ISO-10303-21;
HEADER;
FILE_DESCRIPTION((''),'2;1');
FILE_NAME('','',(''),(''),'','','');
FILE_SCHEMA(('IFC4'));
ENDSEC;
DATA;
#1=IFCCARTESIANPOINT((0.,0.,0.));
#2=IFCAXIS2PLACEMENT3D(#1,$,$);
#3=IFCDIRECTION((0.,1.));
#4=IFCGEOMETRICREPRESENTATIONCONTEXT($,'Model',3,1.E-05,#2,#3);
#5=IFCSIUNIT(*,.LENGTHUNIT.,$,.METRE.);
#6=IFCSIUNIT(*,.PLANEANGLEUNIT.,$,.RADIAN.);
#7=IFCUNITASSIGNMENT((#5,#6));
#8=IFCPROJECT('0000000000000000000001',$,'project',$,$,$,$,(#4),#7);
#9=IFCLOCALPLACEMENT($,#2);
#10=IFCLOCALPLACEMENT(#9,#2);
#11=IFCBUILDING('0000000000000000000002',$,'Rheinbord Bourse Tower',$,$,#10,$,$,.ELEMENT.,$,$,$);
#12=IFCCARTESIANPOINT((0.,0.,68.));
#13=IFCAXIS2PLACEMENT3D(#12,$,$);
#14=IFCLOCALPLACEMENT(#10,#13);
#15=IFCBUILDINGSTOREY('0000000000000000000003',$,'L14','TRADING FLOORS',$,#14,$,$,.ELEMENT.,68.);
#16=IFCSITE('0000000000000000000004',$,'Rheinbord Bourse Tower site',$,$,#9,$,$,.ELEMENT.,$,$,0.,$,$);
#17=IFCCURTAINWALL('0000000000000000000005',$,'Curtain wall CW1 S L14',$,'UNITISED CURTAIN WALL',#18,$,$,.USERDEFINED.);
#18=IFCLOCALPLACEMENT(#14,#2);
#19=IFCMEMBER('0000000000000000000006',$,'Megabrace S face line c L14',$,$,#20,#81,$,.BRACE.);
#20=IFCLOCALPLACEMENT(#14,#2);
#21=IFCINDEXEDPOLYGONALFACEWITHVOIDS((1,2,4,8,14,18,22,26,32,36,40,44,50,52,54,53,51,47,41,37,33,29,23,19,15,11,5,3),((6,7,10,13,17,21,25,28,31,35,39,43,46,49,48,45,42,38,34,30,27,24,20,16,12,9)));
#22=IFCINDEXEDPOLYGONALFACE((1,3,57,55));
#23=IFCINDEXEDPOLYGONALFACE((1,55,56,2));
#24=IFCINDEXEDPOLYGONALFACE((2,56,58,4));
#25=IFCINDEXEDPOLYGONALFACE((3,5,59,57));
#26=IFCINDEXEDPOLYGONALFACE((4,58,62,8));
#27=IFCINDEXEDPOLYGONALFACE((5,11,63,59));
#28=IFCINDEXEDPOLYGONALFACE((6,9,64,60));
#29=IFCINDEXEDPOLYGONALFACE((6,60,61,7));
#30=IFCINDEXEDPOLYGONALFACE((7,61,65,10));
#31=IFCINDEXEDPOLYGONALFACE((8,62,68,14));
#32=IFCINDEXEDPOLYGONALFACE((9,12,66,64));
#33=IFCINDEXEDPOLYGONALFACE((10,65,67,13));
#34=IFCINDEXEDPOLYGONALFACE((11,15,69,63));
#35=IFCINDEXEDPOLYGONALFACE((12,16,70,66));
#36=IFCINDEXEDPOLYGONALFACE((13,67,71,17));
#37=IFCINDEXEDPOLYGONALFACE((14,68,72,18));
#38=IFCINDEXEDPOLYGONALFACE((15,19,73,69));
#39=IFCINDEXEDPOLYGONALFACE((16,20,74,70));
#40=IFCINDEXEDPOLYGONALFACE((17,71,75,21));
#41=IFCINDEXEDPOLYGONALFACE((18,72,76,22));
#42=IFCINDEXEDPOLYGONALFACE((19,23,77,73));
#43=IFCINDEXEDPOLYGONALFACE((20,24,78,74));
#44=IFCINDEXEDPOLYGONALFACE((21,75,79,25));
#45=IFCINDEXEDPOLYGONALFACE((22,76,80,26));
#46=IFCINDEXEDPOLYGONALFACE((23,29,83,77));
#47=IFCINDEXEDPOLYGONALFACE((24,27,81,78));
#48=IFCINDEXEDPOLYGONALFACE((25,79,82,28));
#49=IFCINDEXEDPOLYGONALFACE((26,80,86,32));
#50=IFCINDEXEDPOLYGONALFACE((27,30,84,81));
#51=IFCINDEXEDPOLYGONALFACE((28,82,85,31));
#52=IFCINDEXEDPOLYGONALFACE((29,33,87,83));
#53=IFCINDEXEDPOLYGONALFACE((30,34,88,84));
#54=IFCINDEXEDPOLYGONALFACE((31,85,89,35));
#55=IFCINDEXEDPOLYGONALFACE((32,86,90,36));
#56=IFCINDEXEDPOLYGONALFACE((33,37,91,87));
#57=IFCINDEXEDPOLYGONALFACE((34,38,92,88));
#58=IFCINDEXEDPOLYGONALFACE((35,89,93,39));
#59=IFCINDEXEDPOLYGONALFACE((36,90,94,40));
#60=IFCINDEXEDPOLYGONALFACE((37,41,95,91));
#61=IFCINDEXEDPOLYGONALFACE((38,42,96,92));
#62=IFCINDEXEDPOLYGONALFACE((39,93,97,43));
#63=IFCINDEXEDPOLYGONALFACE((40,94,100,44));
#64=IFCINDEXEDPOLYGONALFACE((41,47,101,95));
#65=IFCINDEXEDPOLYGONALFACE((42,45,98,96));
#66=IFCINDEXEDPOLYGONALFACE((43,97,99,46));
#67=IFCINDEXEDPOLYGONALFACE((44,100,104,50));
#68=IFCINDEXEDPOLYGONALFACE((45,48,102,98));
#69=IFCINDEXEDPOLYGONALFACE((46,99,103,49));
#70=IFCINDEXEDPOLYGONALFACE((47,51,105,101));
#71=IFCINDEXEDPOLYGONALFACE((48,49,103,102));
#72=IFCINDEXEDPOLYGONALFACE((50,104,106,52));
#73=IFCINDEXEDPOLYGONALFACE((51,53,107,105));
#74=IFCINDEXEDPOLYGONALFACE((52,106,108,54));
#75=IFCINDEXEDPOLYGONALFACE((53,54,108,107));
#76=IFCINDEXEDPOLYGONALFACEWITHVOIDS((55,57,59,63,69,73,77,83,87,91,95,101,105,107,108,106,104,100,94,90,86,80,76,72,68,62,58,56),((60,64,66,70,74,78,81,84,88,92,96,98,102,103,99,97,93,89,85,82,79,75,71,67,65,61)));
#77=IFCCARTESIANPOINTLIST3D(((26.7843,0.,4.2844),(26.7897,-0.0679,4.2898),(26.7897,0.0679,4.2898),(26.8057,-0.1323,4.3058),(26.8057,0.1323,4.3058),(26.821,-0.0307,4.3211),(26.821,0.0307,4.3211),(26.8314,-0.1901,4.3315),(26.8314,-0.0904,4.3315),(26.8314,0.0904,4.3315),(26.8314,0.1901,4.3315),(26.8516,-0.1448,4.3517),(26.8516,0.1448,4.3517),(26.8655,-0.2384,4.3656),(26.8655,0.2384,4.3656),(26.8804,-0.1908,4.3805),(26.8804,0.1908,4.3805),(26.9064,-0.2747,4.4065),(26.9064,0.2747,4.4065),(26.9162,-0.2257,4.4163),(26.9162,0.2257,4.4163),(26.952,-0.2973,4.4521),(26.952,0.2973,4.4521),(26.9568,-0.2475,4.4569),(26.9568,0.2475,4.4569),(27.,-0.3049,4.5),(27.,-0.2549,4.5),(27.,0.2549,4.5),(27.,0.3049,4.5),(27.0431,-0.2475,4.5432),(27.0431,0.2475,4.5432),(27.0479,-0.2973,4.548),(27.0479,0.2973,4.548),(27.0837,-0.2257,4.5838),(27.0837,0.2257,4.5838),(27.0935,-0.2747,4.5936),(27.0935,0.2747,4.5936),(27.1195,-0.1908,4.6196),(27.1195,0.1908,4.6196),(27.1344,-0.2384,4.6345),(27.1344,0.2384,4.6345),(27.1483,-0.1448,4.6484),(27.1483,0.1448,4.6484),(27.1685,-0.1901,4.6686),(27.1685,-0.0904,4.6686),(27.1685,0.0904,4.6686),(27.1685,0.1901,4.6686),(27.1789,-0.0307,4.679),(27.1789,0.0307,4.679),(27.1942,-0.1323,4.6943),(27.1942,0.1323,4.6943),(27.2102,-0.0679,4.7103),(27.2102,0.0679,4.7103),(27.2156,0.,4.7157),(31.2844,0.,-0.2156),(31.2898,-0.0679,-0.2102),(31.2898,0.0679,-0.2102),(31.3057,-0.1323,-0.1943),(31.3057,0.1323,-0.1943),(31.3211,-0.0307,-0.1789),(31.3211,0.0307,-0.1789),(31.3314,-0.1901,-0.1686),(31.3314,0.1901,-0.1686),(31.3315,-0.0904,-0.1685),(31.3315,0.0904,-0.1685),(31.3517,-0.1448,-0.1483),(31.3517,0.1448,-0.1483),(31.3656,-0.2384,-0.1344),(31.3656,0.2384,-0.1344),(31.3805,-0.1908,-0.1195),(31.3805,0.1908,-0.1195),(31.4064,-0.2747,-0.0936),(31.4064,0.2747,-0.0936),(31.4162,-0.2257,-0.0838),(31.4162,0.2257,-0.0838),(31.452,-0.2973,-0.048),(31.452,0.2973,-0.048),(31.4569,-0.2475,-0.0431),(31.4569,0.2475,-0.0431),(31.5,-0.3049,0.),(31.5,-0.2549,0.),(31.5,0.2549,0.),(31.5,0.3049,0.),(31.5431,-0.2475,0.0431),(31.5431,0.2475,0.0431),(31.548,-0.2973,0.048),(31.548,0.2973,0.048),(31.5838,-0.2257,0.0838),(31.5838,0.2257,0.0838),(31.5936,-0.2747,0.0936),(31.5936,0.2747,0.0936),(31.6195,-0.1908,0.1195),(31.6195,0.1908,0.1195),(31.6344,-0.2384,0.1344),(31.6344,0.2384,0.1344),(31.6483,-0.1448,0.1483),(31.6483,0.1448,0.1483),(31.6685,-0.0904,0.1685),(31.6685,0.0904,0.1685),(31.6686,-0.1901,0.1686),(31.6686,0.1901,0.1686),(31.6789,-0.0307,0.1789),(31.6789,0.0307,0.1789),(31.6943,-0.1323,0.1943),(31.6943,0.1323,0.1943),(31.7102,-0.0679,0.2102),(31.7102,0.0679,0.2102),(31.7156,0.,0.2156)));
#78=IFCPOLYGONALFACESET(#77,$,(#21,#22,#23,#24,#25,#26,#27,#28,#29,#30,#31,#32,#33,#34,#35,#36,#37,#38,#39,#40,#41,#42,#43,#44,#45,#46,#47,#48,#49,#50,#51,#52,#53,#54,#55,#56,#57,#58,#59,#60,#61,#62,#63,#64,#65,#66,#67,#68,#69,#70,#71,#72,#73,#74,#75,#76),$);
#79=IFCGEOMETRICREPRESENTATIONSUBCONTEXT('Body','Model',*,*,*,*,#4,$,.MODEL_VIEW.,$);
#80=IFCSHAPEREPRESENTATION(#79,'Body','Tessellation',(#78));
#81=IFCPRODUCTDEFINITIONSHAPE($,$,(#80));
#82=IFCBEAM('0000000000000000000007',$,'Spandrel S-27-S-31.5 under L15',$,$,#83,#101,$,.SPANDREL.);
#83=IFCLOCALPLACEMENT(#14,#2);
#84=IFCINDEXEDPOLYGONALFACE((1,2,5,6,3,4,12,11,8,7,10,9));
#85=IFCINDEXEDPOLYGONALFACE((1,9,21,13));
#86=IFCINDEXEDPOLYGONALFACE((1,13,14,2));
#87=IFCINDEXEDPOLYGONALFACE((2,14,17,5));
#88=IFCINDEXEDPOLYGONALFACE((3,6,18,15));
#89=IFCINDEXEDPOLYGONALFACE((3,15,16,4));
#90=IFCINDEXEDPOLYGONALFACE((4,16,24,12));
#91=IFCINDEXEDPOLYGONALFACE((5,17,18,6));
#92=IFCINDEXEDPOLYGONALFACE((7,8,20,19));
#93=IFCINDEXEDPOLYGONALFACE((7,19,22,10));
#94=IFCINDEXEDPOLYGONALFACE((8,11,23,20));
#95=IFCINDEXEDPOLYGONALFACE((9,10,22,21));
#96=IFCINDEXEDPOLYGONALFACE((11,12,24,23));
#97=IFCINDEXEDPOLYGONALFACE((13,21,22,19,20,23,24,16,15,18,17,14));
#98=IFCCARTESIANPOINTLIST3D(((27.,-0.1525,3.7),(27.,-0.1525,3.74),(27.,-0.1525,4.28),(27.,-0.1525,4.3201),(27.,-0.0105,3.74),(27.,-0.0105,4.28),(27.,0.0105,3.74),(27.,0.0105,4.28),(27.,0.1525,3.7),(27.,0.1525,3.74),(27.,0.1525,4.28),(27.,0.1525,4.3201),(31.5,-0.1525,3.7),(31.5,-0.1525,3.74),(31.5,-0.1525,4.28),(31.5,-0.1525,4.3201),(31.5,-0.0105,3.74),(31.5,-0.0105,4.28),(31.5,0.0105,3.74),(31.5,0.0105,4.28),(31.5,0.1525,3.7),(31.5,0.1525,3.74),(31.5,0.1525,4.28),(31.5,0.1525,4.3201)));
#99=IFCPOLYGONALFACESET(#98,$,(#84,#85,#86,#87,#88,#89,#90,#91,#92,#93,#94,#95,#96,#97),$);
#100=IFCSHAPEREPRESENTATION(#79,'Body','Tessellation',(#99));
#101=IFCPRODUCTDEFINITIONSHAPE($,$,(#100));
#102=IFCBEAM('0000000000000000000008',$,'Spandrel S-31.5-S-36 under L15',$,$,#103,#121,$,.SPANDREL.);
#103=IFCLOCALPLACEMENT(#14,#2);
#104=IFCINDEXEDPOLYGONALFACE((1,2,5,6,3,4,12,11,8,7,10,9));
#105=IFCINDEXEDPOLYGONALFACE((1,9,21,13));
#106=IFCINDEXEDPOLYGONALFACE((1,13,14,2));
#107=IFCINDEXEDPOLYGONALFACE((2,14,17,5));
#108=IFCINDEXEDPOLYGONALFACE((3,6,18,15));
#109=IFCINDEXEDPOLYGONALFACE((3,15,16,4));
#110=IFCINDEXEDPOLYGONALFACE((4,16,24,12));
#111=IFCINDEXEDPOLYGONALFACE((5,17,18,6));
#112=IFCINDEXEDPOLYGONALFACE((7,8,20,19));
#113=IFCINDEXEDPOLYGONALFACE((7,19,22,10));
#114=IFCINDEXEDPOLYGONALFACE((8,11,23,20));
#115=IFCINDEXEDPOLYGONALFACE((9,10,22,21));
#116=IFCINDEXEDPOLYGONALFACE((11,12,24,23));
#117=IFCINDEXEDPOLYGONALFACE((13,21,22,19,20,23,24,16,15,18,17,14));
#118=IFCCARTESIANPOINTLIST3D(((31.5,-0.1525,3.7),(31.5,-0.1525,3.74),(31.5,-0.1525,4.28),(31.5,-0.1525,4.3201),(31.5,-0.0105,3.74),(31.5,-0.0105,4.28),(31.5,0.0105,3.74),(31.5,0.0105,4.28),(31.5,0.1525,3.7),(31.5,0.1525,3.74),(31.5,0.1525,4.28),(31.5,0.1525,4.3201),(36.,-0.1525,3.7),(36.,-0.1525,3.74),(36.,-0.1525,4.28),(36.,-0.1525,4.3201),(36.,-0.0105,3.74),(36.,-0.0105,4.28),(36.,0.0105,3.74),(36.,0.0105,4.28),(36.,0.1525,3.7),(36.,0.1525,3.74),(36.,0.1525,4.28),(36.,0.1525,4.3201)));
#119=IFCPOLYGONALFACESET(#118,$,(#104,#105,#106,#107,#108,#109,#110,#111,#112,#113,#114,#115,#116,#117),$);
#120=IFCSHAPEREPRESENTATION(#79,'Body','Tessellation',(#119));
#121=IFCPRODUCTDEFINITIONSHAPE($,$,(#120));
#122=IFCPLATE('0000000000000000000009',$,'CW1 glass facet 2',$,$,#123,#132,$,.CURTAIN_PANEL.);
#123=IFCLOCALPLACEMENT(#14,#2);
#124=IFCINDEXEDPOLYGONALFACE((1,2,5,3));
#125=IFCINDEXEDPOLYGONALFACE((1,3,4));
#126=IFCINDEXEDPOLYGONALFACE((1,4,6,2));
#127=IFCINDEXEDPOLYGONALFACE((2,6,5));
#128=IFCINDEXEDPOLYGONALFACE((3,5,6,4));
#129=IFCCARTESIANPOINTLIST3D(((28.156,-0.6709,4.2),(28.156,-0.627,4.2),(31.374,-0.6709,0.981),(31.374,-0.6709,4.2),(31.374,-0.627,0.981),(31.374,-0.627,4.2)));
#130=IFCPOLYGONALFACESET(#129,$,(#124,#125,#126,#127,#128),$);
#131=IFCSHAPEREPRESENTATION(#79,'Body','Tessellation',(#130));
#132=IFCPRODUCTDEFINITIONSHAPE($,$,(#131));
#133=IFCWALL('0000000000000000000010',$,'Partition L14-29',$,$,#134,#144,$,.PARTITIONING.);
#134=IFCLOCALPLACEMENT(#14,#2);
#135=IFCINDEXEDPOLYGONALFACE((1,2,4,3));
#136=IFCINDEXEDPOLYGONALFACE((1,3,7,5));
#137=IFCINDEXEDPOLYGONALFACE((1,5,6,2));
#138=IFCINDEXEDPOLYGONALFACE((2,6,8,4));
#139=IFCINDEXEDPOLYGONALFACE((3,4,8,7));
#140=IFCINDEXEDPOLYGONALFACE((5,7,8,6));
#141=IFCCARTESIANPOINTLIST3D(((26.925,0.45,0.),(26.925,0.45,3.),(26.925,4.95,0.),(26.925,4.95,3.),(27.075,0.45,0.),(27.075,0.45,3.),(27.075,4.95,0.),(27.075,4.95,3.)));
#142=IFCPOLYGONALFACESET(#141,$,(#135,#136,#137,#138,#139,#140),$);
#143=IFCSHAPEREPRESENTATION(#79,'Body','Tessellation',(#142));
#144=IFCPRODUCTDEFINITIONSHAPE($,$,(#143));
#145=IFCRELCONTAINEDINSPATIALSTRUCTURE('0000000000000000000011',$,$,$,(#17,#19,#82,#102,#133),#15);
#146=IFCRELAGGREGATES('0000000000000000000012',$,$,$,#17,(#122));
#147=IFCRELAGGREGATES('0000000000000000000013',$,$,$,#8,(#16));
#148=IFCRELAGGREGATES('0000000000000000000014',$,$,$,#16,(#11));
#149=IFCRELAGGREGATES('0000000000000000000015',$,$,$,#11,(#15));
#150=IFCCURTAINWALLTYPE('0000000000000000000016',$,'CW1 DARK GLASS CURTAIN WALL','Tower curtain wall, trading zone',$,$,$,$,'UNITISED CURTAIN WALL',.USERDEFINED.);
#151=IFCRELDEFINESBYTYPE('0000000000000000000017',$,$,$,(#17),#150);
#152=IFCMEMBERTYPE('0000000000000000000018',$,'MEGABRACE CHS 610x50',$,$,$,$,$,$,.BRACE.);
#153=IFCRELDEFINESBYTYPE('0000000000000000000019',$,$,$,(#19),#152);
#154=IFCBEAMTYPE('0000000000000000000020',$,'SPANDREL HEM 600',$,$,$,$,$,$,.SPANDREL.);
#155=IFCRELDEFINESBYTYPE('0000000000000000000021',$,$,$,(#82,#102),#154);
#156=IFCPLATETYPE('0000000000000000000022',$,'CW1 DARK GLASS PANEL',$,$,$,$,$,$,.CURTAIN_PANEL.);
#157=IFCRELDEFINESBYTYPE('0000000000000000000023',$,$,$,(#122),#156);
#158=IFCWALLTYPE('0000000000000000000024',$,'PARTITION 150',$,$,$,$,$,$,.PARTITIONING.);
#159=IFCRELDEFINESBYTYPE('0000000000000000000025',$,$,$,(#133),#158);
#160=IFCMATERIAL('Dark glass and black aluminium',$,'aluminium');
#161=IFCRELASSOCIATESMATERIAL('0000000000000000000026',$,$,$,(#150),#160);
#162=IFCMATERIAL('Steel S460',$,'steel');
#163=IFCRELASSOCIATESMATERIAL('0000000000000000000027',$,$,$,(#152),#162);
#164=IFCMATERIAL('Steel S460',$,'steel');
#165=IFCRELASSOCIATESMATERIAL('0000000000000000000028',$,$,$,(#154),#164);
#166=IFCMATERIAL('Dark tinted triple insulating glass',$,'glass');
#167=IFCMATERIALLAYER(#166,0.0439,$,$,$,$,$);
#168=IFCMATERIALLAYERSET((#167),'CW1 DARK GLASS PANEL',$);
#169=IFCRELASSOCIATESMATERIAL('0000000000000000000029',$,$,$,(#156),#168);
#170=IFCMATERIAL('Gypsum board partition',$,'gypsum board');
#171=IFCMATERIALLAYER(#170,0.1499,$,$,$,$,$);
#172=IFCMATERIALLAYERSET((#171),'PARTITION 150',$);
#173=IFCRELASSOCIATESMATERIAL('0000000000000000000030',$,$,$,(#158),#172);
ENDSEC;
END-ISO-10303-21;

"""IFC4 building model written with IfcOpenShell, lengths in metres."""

from ifc_helpers import new_model, si_unit, direction, frame, frame_2d, origin, origin_2d, place, context, subcontext, project, spatial, polyline, rectangle, hollow_circle, i_section, outline, extrude, material, layer, layer_set, material_profile, profile_set, type_object, element, aggregate, save


model = new_model("IFC4")

# Units and contexts
model_context = context("Model", 3, precision=1e-05, world=origin(), true_north=direction((0.0, 1.0)))
body_context = subcontext(model_context, "Body", "Model", "MODEL_VIEW")
ifc_project = project(units=[si_unit("LENGTHUNIT", "METRE"), si_unit("PLANEANGLEUNIT", "RADIAN")], contexts=[model_context])

# Site, building, storey
site_placement = place(None, origin())
site = spatial("IfcSite", under=ifc_project, at=site_placement, Name="Rheinbord Bourse Tower site", CompositionType="ELEMENT", RefElevation=0.0)
building_placement = place(site_placement, origin())
building = spatial("IfcBuilding", under=site, at=building_placement, Name="Rheinbord Bourse Tower", CompositionType="ELEMENT")
storey_placement = place(building_placement, frame((0.0, 0.0, 68.0)))
storey = spatial("IfcBuildingStorey", under=building, at=storey_placement, Name="L14", Description="TRADING FLOORS", CompositionType="ELEMENT", Elevation=68.0)

# Curtain wall
ifc_material_1 = material(Name="Dark glass and black aluminium", Category="aluminium")
curtain_wall_type = type_object("IfcCurtainWallType", Name="CW1 DARK GLASS CURTAIN WALL", Description="Tower curtain wall, trading zone", ElementType="UNITISED CURTAIN WALL", PredefinedType="USERDEFINED", material=ifc_material_1)
curtain_wall_placement = place(storey_placement, origin())
curtain_wall = element("IfcCurtainWall", 1, at=curtain_wall_placement, inside=storey, type_object=curtain_wall_type, Name="Curtain wall CW1 S L14", ObjectType="UNITISED CURTAIN WALL", PredefinedType="USERDEFINED")

# Member
ifc_material_2 = material(Name="Steel S460", Category="steel")
ifc_material_profile_1 = material_profile(ifc_material_2, hollow_circle(Radius=0.3049, WallThickness=0.05, at=origin_2d()), Name="CHS 610x50")
ifc_profile_set_1 = profile_set([ifc_material_profile_1], Name="Steel S460")
member_type_1 = type_object("IfcMemberType", Name="MEGABRACE CHS 610x50", PredefinedType="BRACE", material=ifc_profile_set_1)
member_1_placement = place(storey_placement, frame((31.5, 0.0, 0.0), z_axis=(-0.707107, 0.0, 0.707107), x_axis=(0.0, -1.0, 0.0)))
element("IfcMember", 2, at=member_1_placement, inside=storey, type_object=member_type_1, Name="Megabrace S face line c L14", PredefinedType="BRACE", context=body_context, shape_type="SweptSolid", body=[
    extrude(hollow_circle(Radius=0.3049, WallThickness=0.05, at=origin_2d()), origin(), (0.0, 0.0, 1.0), 6.364),
])

# Beams
ifc_material_3 = material(Name="Steel S460", Category="steel")
ifc_material_profile_2 = material_profile(ifc_material_3, i_section(OverallWidth=0.3049, OverallDepth=0.6201, WebThickness=0.021, FlangeThickness=0.04, at=origin_2d()), Name="HEM 600")
ifc_profile_set_2 = profile_set([ifc_material_profile_2], Name="Steel S460")
beam_type_1 = type_object("IfcBeamType", Name="SPANDREL HEM 600", PredefinedType="SPANDREL", material=ifc_profile_set_2)
for number, where, z_axis, x_axis, name in (
    (3, (27.0, 0.0, 4.01), (1.0, 0.0, 0.0), (0.0, 1.0, 0.0), "Spandrel S-27-S-31.5 under L15"),
    (4, (31.5, 0.0, 4.01), (1.0, 0.0, 0.0), (0.0, 1.0, 0.0), "Spandrel S-31.5-S-36 under L15"),
):
    element("IfcBeam", number, at=place(storey_placement, frame(where, z_axis=z_axis, x_axis=x_axis)), inside=storey, type_object=beam_type_1, Name=name, PredefinedType="SPANDREL", context=body_context, shape_type="SweptSolid", body=[
        extrude(i_section(OverallWidth=0.3049, OverallDepth=0.6201, WebThickness=0.021, FlangeThickness=0.04, at=origin_2d()), origin(), (0.0, 0.0, 1.0), 4.5),
    ])

# Plate
ifc_material_4 = material(Name="Dark tinted triple insulating glass", Category="glass")
ifc_layer_1 = layer(ifc_material_4, 0.0439)
ifc_layer_set_1 = layer_set([ifc_layer_1], Name="CW1 DARK GLASS PANEL")
plate_type = type_object("IfcPlateType", Name="CW1 DARK GLASS PANEL", PredefinedType="CURTAIN_PANEL", material=ifc_layer_set_1)
plate_1_placement = place(storey_placement, frame((31.374, -0.6709, 4.2), z_axis=(0.0, 1.0, 0.0), x_axis=(0.0, 0.0, -1.0)))
plate_1 = element("IfcPlate", 5, at=plate_1_placement, type_object=plate_type, Name="CW1 glass facet 2", PredefinedType="CURTAIN_PANEL", context=body_context, shape_type="SweptSolid", body=[
    extrude(outline(polyline([(0.0, 0.0), (3.219, 0.0), (0.0, 3.218), (0.0, 0.0)])), origin(), (0.0, 0.0, 1.0), 0.0439),
])
aggregate(curtain_wall, [plate_1])

# Wall
ifc_material_5 = material(Name="Gypsum board partition", Category="gypsum board")
ifc_layer_2 = layer(ifc_material_5, 0.1499)
ifc_layer_set_2 = layer_set([ifc_layer_2], Name="PARTITION 150")
wall_type = type_object("IfcWallType", Name="PARTITION 150", PredefinedType="PARTITIONING", material=ifc_layer_set_2)
wall_placement = place(storey_placement, frame((27.0, 0.45, 0.0), z_axis=(0.0, 0.0, 1.0), x_axis=(0.0, 1.0, 0.0)))
element("IfcWall", 6, at=wall_placement, inside=storey, type_object=wall_type, Name="Partition L14-29", PredefinedType="PARTITIONING", context=body_context, shape_type="SweptSolid", body=[
    extrude(rectangle(XDim=4.5, YDim=0.1499, at=frame_2d((2.25, 0.0))), origin(), (0.0, 0.0, 1.0), 3.0),
])

save(model, "model.ifc")
